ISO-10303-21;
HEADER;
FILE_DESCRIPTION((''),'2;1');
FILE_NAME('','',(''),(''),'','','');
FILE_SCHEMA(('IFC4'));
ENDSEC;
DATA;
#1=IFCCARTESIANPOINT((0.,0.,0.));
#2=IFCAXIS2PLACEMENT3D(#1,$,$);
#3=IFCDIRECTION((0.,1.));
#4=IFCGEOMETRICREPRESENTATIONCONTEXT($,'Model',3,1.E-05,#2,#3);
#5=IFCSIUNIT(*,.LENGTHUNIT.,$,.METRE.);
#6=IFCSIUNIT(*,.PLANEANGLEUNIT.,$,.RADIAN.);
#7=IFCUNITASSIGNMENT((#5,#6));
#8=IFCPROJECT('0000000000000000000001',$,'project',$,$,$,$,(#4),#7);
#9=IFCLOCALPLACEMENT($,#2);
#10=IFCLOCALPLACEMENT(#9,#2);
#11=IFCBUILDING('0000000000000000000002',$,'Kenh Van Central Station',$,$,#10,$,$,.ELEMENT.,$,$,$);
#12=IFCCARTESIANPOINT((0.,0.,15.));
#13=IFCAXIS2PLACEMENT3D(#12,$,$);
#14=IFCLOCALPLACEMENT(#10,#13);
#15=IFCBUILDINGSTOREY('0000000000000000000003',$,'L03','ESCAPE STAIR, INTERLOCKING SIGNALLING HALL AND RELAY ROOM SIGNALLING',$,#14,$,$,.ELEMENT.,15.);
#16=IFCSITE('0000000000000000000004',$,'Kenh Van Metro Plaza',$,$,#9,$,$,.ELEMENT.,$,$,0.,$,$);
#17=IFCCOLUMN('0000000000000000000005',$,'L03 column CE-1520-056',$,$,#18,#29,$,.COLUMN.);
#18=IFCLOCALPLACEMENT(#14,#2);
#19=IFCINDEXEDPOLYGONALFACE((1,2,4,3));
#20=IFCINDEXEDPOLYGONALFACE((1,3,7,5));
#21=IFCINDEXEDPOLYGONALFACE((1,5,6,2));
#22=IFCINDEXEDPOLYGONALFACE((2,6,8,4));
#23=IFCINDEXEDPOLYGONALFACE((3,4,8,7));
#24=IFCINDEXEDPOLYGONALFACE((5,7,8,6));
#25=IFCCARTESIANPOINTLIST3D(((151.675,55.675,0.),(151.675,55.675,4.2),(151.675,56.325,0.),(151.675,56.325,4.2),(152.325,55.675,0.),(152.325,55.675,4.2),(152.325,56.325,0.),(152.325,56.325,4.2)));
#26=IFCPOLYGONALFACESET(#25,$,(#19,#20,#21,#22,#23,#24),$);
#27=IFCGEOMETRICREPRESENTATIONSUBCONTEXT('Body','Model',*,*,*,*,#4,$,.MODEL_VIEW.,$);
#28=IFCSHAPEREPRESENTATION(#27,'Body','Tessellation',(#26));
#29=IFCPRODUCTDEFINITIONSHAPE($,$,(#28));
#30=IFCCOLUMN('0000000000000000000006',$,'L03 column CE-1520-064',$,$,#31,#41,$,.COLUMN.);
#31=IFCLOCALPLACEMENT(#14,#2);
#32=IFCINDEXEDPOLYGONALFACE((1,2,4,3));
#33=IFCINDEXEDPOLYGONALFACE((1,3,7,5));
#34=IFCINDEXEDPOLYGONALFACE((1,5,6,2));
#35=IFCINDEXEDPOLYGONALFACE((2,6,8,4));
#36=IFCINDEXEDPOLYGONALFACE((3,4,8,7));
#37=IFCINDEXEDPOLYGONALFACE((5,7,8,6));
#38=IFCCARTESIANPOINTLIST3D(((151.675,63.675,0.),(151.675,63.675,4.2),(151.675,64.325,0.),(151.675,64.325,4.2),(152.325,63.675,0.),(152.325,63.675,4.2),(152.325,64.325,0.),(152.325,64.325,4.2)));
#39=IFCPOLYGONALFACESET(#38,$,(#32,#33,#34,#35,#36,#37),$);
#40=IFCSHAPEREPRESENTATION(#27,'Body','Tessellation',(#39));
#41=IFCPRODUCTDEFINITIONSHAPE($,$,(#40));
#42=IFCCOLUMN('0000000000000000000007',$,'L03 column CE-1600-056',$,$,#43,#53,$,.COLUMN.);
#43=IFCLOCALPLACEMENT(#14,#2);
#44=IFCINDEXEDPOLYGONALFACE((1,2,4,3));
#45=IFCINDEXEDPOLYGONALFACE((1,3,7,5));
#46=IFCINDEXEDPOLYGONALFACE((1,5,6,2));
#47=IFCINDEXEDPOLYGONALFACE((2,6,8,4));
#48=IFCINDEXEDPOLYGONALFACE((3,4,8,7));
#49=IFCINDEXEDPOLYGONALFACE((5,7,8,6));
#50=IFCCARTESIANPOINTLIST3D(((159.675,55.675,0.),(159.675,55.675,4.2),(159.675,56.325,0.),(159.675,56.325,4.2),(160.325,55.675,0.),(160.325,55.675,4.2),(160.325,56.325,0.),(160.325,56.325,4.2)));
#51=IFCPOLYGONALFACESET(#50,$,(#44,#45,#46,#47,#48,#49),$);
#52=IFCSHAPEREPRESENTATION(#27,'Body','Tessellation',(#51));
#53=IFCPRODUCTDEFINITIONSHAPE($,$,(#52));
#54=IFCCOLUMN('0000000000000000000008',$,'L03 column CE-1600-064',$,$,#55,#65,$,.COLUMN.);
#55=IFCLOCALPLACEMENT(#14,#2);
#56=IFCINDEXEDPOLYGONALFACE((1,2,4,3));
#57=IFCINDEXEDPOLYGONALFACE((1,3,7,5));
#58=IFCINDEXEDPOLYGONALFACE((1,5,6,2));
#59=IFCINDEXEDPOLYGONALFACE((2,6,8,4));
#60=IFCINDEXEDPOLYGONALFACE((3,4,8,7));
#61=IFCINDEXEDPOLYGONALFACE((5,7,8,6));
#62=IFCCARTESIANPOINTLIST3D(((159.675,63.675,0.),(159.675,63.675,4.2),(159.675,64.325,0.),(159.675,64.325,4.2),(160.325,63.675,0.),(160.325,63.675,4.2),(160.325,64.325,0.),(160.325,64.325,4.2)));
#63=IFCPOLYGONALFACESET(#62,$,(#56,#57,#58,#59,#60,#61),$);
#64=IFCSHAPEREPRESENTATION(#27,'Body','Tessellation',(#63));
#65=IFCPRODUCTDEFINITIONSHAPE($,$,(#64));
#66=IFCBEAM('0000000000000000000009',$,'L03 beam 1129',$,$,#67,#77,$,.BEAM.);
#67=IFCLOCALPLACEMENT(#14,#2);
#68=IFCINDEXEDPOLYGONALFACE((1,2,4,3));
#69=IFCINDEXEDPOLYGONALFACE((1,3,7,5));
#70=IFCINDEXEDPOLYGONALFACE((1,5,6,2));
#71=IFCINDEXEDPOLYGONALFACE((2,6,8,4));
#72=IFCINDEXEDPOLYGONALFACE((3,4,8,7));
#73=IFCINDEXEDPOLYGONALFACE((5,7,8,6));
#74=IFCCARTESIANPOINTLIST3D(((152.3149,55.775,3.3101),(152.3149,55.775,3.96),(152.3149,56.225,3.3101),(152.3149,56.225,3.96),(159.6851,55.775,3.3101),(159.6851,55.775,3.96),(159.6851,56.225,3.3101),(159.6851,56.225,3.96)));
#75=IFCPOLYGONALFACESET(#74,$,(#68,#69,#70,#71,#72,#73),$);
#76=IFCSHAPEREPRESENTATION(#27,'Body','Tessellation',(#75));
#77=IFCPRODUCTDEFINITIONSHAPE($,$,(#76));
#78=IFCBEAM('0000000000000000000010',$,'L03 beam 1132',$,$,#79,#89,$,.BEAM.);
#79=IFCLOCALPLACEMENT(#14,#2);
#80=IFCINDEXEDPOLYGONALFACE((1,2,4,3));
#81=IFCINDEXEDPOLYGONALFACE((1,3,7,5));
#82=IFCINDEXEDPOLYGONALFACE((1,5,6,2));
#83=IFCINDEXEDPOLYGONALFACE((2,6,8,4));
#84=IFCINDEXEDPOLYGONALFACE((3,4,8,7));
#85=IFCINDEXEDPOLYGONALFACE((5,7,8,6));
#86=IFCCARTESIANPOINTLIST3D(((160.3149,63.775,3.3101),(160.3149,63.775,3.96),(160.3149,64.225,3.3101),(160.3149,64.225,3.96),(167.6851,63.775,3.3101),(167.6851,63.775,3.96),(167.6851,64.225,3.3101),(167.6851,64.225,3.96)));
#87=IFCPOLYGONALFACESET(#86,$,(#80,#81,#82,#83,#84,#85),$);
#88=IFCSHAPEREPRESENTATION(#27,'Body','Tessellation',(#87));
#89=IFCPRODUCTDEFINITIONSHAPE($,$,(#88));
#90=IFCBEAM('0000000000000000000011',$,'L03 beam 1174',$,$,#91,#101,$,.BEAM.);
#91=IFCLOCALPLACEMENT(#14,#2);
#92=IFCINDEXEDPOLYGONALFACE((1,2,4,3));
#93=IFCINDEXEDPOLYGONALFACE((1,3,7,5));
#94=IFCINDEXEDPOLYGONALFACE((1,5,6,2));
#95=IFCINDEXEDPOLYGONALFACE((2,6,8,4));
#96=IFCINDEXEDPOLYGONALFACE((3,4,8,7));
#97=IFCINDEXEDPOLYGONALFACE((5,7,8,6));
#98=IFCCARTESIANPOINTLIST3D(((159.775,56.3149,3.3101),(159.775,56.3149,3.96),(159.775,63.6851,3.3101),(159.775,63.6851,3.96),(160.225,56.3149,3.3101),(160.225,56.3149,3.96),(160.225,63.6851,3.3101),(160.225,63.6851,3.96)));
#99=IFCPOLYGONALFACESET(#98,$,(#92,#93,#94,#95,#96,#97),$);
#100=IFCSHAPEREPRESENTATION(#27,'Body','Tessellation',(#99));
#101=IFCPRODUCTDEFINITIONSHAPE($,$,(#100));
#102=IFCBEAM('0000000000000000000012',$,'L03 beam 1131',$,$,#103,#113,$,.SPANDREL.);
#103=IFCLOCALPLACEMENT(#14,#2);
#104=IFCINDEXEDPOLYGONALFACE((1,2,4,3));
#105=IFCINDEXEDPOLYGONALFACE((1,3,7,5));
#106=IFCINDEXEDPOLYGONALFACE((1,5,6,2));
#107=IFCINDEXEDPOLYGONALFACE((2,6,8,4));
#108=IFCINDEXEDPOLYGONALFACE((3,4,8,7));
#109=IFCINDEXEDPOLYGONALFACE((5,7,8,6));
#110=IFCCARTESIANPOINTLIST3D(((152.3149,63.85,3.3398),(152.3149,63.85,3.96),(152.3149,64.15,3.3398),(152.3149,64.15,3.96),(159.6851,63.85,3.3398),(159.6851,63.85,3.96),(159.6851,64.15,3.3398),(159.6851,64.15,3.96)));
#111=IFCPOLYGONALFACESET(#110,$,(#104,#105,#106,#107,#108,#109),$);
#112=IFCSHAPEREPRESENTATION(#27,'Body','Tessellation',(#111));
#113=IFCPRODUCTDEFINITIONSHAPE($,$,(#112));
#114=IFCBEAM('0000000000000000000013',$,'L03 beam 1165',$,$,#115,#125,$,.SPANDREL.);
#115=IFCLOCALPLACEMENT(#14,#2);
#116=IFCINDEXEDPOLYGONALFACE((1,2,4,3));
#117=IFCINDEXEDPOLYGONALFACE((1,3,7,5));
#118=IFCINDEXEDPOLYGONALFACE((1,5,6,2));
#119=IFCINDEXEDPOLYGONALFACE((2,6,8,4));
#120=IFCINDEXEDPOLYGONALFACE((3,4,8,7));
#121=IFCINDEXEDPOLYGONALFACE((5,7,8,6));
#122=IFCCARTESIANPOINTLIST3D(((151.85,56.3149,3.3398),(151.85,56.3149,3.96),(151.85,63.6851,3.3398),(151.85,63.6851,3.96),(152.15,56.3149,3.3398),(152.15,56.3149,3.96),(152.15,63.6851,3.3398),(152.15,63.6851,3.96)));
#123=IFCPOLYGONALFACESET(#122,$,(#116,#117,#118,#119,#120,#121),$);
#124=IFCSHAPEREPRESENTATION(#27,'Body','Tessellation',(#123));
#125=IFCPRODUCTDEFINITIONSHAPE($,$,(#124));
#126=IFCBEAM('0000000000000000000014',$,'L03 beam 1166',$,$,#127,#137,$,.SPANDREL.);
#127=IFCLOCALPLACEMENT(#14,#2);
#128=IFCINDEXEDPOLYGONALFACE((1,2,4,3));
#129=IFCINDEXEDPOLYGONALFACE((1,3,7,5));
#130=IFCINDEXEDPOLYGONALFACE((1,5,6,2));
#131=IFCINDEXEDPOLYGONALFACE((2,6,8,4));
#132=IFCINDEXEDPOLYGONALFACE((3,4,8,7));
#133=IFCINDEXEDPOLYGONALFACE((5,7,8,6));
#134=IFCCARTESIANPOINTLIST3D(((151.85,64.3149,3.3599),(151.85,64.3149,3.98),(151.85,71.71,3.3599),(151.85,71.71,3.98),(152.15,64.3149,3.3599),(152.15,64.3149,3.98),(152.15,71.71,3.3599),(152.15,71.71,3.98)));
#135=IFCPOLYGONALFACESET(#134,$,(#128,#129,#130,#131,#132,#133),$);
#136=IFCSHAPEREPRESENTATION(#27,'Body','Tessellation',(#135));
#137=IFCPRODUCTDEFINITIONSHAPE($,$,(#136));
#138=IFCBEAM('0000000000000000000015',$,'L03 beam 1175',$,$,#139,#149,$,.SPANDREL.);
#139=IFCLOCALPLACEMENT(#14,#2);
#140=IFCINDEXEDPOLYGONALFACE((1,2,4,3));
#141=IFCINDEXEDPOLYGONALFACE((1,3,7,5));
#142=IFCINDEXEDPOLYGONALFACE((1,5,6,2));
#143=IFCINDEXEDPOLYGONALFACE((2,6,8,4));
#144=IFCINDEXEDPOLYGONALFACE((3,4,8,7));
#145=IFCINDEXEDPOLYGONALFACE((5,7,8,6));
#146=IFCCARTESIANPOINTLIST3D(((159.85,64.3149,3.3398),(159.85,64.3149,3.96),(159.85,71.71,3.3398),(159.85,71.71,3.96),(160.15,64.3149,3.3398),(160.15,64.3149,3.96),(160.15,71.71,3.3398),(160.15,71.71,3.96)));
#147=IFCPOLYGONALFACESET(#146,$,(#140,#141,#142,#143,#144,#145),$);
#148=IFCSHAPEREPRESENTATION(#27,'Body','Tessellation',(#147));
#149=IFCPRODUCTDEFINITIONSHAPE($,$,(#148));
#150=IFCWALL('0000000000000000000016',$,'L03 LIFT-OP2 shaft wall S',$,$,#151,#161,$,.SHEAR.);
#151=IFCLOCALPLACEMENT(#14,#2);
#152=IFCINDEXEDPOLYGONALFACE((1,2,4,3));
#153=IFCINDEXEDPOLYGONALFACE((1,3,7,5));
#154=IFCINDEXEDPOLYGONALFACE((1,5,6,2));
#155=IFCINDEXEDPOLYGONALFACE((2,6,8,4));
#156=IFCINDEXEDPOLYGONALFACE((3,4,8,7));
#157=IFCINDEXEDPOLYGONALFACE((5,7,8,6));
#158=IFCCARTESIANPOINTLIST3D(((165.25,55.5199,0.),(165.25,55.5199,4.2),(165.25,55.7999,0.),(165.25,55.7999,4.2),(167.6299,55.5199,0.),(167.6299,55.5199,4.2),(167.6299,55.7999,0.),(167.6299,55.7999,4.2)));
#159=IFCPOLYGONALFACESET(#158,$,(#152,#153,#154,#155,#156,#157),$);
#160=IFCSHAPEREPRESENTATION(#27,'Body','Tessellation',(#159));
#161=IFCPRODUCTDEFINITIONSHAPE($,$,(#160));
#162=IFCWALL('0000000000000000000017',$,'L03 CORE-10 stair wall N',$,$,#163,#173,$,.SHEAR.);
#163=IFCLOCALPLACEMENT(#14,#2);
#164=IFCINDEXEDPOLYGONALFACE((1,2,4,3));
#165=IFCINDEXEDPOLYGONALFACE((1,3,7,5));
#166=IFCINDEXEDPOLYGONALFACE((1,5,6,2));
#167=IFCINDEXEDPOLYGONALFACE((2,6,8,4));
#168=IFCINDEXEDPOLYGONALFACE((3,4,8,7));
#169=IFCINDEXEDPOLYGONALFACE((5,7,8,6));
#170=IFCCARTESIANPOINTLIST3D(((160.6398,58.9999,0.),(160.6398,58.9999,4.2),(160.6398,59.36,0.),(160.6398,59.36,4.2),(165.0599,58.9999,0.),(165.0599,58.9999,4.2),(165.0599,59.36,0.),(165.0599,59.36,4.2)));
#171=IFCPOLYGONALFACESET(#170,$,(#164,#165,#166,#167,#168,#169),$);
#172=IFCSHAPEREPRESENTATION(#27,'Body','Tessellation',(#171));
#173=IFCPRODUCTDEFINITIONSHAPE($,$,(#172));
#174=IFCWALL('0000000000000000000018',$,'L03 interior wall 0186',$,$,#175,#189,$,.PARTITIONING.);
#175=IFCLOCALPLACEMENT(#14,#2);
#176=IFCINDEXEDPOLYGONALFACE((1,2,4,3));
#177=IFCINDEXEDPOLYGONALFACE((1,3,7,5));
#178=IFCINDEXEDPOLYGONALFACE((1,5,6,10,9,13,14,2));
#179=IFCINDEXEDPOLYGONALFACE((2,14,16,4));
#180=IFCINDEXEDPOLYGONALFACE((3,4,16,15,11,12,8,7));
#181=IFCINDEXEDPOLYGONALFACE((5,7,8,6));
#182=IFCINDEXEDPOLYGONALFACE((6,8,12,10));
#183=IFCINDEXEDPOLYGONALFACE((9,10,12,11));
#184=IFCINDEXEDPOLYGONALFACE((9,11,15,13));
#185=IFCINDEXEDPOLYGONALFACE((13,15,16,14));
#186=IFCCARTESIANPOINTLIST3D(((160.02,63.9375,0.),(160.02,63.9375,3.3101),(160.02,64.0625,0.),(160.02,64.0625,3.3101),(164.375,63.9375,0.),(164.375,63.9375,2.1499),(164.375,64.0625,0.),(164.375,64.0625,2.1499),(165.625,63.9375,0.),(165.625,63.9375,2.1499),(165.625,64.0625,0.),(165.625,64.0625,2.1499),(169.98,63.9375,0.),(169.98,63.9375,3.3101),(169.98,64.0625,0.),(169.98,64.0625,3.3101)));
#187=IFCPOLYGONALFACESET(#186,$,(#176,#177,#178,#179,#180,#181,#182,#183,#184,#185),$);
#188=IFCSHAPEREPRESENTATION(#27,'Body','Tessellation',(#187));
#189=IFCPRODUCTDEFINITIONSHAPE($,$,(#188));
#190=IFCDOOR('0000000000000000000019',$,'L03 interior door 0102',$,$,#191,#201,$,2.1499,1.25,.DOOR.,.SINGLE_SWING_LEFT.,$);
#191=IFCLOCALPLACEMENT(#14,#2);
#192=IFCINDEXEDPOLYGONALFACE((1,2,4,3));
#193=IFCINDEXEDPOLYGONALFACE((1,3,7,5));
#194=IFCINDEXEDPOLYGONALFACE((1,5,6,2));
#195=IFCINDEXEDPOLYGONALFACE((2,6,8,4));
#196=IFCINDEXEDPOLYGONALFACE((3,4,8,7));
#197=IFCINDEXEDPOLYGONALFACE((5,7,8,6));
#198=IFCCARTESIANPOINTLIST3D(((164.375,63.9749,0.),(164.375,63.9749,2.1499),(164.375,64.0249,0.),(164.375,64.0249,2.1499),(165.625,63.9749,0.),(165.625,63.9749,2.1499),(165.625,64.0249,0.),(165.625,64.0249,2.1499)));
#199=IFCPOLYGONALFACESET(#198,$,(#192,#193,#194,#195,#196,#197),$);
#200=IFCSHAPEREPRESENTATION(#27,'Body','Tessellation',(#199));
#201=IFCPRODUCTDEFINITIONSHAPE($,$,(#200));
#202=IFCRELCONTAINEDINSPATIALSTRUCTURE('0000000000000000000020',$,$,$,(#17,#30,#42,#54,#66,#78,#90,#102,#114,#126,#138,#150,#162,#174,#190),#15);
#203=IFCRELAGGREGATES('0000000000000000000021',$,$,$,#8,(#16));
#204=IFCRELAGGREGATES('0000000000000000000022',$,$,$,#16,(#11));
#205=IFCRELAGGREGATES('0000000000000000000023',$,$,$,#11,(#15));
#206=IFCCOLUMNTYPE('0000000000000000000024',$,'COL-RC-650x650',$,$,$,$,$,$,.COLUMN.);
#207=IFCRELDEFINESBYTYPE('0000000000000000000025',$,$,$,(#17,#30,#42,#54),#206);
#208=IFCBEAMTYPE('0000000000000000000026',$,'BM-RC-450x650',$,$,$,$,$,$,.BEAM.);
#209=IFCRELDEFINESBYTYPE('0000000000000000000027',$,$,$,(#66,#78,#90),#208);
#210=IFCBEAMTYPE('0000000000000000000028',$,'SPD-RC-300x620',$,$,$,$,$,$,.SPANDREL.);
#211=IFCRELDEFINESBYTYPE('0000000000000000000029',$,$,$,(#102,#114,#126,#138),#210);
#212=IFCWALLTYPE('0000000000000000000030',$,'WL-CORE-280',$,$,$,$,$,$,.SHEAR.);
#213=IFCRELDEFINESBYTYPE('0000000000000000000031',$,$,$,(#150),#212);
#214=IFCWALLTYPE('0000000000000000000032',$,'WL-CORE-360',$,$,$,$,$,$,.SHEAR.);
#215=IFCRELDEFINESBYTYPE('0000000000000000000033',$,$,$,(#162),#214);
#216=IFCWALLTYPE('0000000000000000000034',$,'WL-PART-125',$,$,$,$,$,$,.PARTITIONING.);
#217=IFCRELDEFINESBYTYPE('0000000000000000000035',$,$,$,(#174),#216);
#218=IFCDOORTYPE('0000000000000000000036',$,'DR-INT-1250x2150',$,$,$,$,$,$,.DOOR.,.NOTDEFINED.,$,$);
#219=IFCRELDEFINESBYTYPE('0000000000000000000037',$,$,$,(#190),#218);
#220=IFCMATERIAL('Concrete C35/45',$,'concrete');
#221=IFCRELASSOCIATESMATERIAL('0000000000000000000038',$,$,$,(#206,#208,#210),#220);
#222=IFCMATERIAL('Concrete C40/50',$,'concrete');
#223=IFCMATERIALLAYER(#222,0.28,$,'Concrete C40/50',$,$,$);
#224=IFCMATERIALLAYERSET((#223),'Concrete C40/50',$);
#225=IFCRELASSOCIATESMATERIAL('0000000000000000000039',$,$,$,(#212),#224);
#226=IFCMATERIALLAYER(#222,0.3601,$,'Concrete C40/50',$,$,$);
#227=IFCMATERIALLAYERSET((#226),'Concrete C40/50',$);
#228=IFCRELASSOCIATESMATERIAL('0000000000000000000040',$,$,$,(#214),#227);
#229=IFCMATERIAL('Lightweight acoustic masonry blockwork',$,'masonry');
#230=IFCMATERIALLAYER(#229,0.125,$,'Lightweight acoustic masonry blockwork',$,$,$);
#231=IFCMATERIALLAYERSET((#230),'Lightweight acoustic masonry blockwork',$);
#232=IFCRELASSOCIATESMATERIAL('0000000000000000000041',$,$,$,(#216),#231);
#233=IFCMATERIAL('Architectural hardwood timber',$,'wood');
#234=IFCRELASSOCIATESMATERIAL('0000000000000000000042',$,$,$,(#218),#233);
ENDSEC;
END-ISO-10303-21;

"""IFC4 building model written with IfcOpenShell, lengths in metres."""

from ifc_helpers import new_model, si_unit, direction, frame, frame_2d, origin, origin_2d, place, context, subcontext, project, spatial, rectangle, extrude, material, layer, layer_set, material_profile, profile_set, type_object, element, fill, save


model = new_model("IFC4")

# Units and contexts
model_context = context("Model", 3, precision=1e-05, world=origin(), true_north=direction((0.0, 1.0)))
body_context = subcontext(model_context, "Body", "Model", "MODEL_VIEW")
ifc_project = project(units=[si_unit("LENGTHUNIT", "METRE"), si_unit("PLANEANGLEUNIT", "RADIAN")], contexts=[model_context])

# Site, building, storey
site_placement = place(None, origin())
site = spatial("IfcSite", under=ifc_project, at=site_placement, Name="Kenh Van Metro Plaza", CompositionType="ELEMENT", RefElevation=0.0)
building_placement = place(site_placement, origin())
building = spatial("IfcBuilding", under=site, at=building_placement, Name="Kenh Van Central Station", CompositionType="ELEMENT")
storey_placement = place(building_placement, frame((0.0, 0.0, 15.0)))
storey = spatial("IfcBuildingStorey", under=building, at=storey_placement, Name="L03", Description="ESCAPE STAIR, INTERLOCKING SIGNALLING HALL AND RELAY ROOM SIGNALLING", CompositionType="ELEMENT", Elevation=15.0)

# Columns
ifc_material_1 = material(Name="Concrete C35/45", Category="concrete")
ifc_material_profile_1 = material_profile(ifc_material_1, rectangle(XDim=0.6499, YDim=0.6499, at=origin_2d()), Name="RC 650x650")
ifc_profile_set_1 = profile_set([ifc_material_profile_1], Name="Concrete C35/45")
column_type = type_object("IfcColumnType", Name="COL-RC-650x650", PredefinedType="COLUMN", material=ifc_profile_set_1)
for number, where, z_axis, x_axis, name in (
    (1, (152.0, 56.0, 0.0), (0.0, 0.0, 1.0), (1.0, 0.0, 0.0), "L03 column CE-1520-056"),
    (2, (152.0, 64.0, 0.0), (0.0, 0.0, 1.0), (1.0, 0.0, 0.0), "L03 column CE-1520-064"),
    (3, (160.0, 56.0, 0.0), (0.0, 0.0, 1.0), (1.0, 0.0, 0.0), "L03 column CE-1600-056"),
    (4, (160.0, 64.0, 0.0), (0.0, 0.0, 1.0), (1.0, 0.0, 0.0), "L03 column CE-1600-064"),
):
    element("IfcColumn", number, at=place(storey_placement, frame(where, z_axis=z_axis, x_axis=x_axis)), inside=storey, type_object=column_type, Name=name, PredefinedType="COLUMN", context=body_context, shape_type="SweptSolid", body=[
        extrude(rectangle(XDim=0.6499, YDim=0.6499, at=origin_2d()), origin(), (0.0, 0.0, 1.0), 4.2),
    ])

# Beams
ifc_material_profile_2 = material_profile(ifc_material_1, rectangle(XDim=0.45, YDim=0.6499, at=origin_2d()), Name="RC 450x650")
ifc_profile_set_2 = profile_set([ifc_material_profile_2], Name="Concrete C35/45")
beam_type_1 = type_object("IfcBeamType", Name="BM-RC-450x650", PredefinedType="BEAM", material=ifc_profile_set_2)
for number, where, z_axis, x_axis, name in (
    (5, (152.3149, 56.0, 3.635), (1.0, 0.0, 0.0), (0.0, 1.0, 0.0), "L03 beam 1129"),
    (6, (160.3149, 64.0, 3.635), (1.0, 0.0, 0.0), (0.0, 1.0, 0.0), "L03 beam 1132"),
    (7, (160.0, 56.3149, 3.635), (0.0, 1.0, 0.0), (-1.0, 0.0, 0.0), "L03 beam 1174"),
):
    element("IfcBeam", number, at=place(storey_placement, frame(where, z_axis=z_axis, x_axis=x_axis)), inside=storey, type_object=beam_type_1, Name=name, PredefinedType="BEAM", context=body_context, shape_type="SweptSolid", body=[
        extrude(rectangle(XDim=0.45, YDim=0.6499, at=origin_2d()), origin(), (0.0, 0.0, 1.0), 7.3701),
    ])
ifc_material_profile_3 = material_profile(ifc_material_1, rectangle(XDim=0.3, YDim=0.6201, at=origin_2d()), Name="RC 300x620")
ifc_profile_set_3 = profile_set([ifc_material_profile_3], Name="Concrete C35/45")
beam_type_2 = type_object("IfcBeamType", Name="SPD-RC-300x620", PredefinedType="SPANDREL", material=ifc_profile_set_3)
for number, where, z_axis, x_axis, name in (
    (8, (152.3149, 64.0, 3.6499), (1.0, 0.0, 0.0), (0.0, 1.0, 0.0), "L03 beam 1131"),
    (9, (152.0, 56.3149, 3.6499), (0.0, 1.0, 0.0), (-1.0, 0.0, 0.0), "L03 beam 1165"),
):
    element("IfcBeam", number, at=place(storey_placement, frame(where, z_axis=z_axis, x_axis=x_axis)), inside=storey, type_object=beam_type_2, Name=name, PredefinedType="SPANDREL", context=body_context, shape_type="SweptSolid", body=[
        extrude(rectangle(XDim=0.3, YDim=0.6201, at=origin_2d()), origin(), (0.0, 0.0, 1.0), 7.3701),
    ])
for number, where, z_axis, x_axis, name in (
    (10, (152.0, 64.3149, 3.6699), (0.0, 1.0, 0.0), (-1.0, 0.0, 0.0), "L03 beam 1166"),
    (11, (160.0, 64.3149, 3.6499), (0.0, 1.0, 0.0), (-1.0, 0.0, 0.0), "L03 beam 1175"),
):
    element("IfcBeam", number, at=place(storey_placement, frame(where, z_axis=z_axis, x_axis=x_axis)), inside=storey, type_object=beam_type_2, Name=name, PredefinedType="SPANDREL", context=body_context, shape_type="SweptSolid", body=[
        extrude(rectangle(XDim=0.3, YDim=0.6201, at=origin_2d()), origin(), (0.0, 0.0, 1.0), 7.395),
    ])

# Walls
ifc_material_2 = material(Name="Concrete C40/50", Category="concrete")
ifc_layer_1 = layer(ifc_material_2, 0.28, Name="Concrete C40/50")
ifc_layer_set_1 = layer_set([ifc_layer_1], Name="Concrete C40/50")
wall_type_1 = type_object("IfcWallType", Name="WL-CORE-280", PredefinedType="SHEAR", material=ifc_layer_set_1)
wall_1_placement = place(storey_placement, frame((165.25, 55.6599, 0.0), z_axis=(0.0, 0.0, 1.0), x_axis=(1.0, 0.0, 0.0)))
element("IfcWall", 12, at=wall_1_placement, inside=storey, type_object=wall_type_1, Name="L03 LIFT-OP2 shaft wall S", PredefinedType="SHEAR", context=body_context, shape_type="SweptSolid", body=[
    extrude(rectangle(XDim=2.3799, YDim=0.28, at=frame_2d((1.1899, 0.0))), origin(), (0.0, 0.0, 1.0), 4.2),
])
ifc_layer_2 = layer(ifc_material_2, 0.3601, Name="Concrete C40/50")
ifc_layer_set_2 = layer_set([ifc_layer_2], Name="Concrete C40/50")
wall_type_2 = type_object("IfcWallType", Name="WL-CORE-360", PredefinedType="SHEAR", material=ifc_layer_set_2)
wall_2_placement = place(storey_placement, frame((160.6399, 59.1799, 0.0), z_axis=(0.0, 0.0, 1.0), x_axis=(1.0, 0.0, 0.0)))
element("IfcWall", 13, at=wall_2_placement, inside=storey, type_object=wall_type_2, Name="L03 CORE-10 stair wall N", PredefinedType="SHEAR", context=body_context, shape_type="SweptSolid", body=[
    extrude(rectangle(XDim=4.4202, YDim=0.3601, at=frame_2d((2.21, 0.0))), origin(), (0.0, 0.0, 1.0), 4.2),
])

# Wall, opening, door
ifc_material_3 = material(Name="Lightweight acoustic masonry blockwork", Category="masonry")
ifc_layer_3 = layer(ifc_material_3, 0.125, Name="Lightweight acoustic masonry blockwork")
ifc_layer_set_3 = layer_set([ifc_layer_3], Name="Lightweight acoustic masonry blockwork")
wall_type_3 = type_object("IfcWallType", Name="WL-PART-125", PredefinedType="PARTITIONING", material=ifc_layer_set_3)
wall_3_placement = place(storey_placement, frame((160.02, 64.0, 0.0), z_axis=(0.0, 0.0, 1.0), x_axis=(1.0, 0.0, 0.0)))
wall_3 = element("IfcWall", 14, at=wall_3_placement, inside=storey, type_object=wall_type_3, Name="L03 interior wall 0186", PredefinedType="PARTITIONING", context=body_context, shape_type="SweptSolid", body=[
    extrude(rectangle(XDim=9.96, YDim=0.125, at=frame_2d((4.98, 0.0))), origin(), (0.0, 0.0, 1.0), 3.3101),
])
opening_placement = place(wall_3_placement, frame((4.355, 0.0, 0.0)))
opening = element("IfcOpeningElement", 15, at=opening_placement, cuts=wall_3, PredefinedType="OPENING", context=body_context, shape_type="SweptSolid", body=[
    extrude(rectangle(XDim=1.25, YDim=2.1499, at=frame_2d((0.625, 1.075))), frame((0.0, 0.0725, 0.0), z_axis=(0.0, -1.0, 0.0), x_axis=(1.0, 0.0, 0.0)), (0.0, 0.0, 1.0), 0.145),
])
ifc_material_4 = material(Name="Architectural hardwood timber", Category="wood")
door_type = type_object("IfcDoorType", Name="DR-INT-1250x2150", OperationType="NOTDEFINED", PredefinedType="DOOR", material=ifc_material_4)
door_placement = place(opening_placement, origin())
door = element("IfcDoor", 16, at=door_placement, inside=storey, type_object=door_type, Name="L03 interior door 0102", OperationType="SINGLE_SWING_LEFT", OverallHeight=2.1499, OverallWidth=1.25, PredefinedType="DOOR", context=body_context, shape_type="SweptSolid", body=[
    extrude(rectangle(XDim=1.25, YDim=2.1499, at=frame_2d((0.625, 1.075))), frame((0.0, 0.0249, 0.0), z_axis=(0.0, -1.0, 0.0), x_axis=(1.0, 0.0, 0.0)), (0.0, 0.0, 1.0), 0.05),
])
fill(opening, door)

save(model, "model.ifc")
